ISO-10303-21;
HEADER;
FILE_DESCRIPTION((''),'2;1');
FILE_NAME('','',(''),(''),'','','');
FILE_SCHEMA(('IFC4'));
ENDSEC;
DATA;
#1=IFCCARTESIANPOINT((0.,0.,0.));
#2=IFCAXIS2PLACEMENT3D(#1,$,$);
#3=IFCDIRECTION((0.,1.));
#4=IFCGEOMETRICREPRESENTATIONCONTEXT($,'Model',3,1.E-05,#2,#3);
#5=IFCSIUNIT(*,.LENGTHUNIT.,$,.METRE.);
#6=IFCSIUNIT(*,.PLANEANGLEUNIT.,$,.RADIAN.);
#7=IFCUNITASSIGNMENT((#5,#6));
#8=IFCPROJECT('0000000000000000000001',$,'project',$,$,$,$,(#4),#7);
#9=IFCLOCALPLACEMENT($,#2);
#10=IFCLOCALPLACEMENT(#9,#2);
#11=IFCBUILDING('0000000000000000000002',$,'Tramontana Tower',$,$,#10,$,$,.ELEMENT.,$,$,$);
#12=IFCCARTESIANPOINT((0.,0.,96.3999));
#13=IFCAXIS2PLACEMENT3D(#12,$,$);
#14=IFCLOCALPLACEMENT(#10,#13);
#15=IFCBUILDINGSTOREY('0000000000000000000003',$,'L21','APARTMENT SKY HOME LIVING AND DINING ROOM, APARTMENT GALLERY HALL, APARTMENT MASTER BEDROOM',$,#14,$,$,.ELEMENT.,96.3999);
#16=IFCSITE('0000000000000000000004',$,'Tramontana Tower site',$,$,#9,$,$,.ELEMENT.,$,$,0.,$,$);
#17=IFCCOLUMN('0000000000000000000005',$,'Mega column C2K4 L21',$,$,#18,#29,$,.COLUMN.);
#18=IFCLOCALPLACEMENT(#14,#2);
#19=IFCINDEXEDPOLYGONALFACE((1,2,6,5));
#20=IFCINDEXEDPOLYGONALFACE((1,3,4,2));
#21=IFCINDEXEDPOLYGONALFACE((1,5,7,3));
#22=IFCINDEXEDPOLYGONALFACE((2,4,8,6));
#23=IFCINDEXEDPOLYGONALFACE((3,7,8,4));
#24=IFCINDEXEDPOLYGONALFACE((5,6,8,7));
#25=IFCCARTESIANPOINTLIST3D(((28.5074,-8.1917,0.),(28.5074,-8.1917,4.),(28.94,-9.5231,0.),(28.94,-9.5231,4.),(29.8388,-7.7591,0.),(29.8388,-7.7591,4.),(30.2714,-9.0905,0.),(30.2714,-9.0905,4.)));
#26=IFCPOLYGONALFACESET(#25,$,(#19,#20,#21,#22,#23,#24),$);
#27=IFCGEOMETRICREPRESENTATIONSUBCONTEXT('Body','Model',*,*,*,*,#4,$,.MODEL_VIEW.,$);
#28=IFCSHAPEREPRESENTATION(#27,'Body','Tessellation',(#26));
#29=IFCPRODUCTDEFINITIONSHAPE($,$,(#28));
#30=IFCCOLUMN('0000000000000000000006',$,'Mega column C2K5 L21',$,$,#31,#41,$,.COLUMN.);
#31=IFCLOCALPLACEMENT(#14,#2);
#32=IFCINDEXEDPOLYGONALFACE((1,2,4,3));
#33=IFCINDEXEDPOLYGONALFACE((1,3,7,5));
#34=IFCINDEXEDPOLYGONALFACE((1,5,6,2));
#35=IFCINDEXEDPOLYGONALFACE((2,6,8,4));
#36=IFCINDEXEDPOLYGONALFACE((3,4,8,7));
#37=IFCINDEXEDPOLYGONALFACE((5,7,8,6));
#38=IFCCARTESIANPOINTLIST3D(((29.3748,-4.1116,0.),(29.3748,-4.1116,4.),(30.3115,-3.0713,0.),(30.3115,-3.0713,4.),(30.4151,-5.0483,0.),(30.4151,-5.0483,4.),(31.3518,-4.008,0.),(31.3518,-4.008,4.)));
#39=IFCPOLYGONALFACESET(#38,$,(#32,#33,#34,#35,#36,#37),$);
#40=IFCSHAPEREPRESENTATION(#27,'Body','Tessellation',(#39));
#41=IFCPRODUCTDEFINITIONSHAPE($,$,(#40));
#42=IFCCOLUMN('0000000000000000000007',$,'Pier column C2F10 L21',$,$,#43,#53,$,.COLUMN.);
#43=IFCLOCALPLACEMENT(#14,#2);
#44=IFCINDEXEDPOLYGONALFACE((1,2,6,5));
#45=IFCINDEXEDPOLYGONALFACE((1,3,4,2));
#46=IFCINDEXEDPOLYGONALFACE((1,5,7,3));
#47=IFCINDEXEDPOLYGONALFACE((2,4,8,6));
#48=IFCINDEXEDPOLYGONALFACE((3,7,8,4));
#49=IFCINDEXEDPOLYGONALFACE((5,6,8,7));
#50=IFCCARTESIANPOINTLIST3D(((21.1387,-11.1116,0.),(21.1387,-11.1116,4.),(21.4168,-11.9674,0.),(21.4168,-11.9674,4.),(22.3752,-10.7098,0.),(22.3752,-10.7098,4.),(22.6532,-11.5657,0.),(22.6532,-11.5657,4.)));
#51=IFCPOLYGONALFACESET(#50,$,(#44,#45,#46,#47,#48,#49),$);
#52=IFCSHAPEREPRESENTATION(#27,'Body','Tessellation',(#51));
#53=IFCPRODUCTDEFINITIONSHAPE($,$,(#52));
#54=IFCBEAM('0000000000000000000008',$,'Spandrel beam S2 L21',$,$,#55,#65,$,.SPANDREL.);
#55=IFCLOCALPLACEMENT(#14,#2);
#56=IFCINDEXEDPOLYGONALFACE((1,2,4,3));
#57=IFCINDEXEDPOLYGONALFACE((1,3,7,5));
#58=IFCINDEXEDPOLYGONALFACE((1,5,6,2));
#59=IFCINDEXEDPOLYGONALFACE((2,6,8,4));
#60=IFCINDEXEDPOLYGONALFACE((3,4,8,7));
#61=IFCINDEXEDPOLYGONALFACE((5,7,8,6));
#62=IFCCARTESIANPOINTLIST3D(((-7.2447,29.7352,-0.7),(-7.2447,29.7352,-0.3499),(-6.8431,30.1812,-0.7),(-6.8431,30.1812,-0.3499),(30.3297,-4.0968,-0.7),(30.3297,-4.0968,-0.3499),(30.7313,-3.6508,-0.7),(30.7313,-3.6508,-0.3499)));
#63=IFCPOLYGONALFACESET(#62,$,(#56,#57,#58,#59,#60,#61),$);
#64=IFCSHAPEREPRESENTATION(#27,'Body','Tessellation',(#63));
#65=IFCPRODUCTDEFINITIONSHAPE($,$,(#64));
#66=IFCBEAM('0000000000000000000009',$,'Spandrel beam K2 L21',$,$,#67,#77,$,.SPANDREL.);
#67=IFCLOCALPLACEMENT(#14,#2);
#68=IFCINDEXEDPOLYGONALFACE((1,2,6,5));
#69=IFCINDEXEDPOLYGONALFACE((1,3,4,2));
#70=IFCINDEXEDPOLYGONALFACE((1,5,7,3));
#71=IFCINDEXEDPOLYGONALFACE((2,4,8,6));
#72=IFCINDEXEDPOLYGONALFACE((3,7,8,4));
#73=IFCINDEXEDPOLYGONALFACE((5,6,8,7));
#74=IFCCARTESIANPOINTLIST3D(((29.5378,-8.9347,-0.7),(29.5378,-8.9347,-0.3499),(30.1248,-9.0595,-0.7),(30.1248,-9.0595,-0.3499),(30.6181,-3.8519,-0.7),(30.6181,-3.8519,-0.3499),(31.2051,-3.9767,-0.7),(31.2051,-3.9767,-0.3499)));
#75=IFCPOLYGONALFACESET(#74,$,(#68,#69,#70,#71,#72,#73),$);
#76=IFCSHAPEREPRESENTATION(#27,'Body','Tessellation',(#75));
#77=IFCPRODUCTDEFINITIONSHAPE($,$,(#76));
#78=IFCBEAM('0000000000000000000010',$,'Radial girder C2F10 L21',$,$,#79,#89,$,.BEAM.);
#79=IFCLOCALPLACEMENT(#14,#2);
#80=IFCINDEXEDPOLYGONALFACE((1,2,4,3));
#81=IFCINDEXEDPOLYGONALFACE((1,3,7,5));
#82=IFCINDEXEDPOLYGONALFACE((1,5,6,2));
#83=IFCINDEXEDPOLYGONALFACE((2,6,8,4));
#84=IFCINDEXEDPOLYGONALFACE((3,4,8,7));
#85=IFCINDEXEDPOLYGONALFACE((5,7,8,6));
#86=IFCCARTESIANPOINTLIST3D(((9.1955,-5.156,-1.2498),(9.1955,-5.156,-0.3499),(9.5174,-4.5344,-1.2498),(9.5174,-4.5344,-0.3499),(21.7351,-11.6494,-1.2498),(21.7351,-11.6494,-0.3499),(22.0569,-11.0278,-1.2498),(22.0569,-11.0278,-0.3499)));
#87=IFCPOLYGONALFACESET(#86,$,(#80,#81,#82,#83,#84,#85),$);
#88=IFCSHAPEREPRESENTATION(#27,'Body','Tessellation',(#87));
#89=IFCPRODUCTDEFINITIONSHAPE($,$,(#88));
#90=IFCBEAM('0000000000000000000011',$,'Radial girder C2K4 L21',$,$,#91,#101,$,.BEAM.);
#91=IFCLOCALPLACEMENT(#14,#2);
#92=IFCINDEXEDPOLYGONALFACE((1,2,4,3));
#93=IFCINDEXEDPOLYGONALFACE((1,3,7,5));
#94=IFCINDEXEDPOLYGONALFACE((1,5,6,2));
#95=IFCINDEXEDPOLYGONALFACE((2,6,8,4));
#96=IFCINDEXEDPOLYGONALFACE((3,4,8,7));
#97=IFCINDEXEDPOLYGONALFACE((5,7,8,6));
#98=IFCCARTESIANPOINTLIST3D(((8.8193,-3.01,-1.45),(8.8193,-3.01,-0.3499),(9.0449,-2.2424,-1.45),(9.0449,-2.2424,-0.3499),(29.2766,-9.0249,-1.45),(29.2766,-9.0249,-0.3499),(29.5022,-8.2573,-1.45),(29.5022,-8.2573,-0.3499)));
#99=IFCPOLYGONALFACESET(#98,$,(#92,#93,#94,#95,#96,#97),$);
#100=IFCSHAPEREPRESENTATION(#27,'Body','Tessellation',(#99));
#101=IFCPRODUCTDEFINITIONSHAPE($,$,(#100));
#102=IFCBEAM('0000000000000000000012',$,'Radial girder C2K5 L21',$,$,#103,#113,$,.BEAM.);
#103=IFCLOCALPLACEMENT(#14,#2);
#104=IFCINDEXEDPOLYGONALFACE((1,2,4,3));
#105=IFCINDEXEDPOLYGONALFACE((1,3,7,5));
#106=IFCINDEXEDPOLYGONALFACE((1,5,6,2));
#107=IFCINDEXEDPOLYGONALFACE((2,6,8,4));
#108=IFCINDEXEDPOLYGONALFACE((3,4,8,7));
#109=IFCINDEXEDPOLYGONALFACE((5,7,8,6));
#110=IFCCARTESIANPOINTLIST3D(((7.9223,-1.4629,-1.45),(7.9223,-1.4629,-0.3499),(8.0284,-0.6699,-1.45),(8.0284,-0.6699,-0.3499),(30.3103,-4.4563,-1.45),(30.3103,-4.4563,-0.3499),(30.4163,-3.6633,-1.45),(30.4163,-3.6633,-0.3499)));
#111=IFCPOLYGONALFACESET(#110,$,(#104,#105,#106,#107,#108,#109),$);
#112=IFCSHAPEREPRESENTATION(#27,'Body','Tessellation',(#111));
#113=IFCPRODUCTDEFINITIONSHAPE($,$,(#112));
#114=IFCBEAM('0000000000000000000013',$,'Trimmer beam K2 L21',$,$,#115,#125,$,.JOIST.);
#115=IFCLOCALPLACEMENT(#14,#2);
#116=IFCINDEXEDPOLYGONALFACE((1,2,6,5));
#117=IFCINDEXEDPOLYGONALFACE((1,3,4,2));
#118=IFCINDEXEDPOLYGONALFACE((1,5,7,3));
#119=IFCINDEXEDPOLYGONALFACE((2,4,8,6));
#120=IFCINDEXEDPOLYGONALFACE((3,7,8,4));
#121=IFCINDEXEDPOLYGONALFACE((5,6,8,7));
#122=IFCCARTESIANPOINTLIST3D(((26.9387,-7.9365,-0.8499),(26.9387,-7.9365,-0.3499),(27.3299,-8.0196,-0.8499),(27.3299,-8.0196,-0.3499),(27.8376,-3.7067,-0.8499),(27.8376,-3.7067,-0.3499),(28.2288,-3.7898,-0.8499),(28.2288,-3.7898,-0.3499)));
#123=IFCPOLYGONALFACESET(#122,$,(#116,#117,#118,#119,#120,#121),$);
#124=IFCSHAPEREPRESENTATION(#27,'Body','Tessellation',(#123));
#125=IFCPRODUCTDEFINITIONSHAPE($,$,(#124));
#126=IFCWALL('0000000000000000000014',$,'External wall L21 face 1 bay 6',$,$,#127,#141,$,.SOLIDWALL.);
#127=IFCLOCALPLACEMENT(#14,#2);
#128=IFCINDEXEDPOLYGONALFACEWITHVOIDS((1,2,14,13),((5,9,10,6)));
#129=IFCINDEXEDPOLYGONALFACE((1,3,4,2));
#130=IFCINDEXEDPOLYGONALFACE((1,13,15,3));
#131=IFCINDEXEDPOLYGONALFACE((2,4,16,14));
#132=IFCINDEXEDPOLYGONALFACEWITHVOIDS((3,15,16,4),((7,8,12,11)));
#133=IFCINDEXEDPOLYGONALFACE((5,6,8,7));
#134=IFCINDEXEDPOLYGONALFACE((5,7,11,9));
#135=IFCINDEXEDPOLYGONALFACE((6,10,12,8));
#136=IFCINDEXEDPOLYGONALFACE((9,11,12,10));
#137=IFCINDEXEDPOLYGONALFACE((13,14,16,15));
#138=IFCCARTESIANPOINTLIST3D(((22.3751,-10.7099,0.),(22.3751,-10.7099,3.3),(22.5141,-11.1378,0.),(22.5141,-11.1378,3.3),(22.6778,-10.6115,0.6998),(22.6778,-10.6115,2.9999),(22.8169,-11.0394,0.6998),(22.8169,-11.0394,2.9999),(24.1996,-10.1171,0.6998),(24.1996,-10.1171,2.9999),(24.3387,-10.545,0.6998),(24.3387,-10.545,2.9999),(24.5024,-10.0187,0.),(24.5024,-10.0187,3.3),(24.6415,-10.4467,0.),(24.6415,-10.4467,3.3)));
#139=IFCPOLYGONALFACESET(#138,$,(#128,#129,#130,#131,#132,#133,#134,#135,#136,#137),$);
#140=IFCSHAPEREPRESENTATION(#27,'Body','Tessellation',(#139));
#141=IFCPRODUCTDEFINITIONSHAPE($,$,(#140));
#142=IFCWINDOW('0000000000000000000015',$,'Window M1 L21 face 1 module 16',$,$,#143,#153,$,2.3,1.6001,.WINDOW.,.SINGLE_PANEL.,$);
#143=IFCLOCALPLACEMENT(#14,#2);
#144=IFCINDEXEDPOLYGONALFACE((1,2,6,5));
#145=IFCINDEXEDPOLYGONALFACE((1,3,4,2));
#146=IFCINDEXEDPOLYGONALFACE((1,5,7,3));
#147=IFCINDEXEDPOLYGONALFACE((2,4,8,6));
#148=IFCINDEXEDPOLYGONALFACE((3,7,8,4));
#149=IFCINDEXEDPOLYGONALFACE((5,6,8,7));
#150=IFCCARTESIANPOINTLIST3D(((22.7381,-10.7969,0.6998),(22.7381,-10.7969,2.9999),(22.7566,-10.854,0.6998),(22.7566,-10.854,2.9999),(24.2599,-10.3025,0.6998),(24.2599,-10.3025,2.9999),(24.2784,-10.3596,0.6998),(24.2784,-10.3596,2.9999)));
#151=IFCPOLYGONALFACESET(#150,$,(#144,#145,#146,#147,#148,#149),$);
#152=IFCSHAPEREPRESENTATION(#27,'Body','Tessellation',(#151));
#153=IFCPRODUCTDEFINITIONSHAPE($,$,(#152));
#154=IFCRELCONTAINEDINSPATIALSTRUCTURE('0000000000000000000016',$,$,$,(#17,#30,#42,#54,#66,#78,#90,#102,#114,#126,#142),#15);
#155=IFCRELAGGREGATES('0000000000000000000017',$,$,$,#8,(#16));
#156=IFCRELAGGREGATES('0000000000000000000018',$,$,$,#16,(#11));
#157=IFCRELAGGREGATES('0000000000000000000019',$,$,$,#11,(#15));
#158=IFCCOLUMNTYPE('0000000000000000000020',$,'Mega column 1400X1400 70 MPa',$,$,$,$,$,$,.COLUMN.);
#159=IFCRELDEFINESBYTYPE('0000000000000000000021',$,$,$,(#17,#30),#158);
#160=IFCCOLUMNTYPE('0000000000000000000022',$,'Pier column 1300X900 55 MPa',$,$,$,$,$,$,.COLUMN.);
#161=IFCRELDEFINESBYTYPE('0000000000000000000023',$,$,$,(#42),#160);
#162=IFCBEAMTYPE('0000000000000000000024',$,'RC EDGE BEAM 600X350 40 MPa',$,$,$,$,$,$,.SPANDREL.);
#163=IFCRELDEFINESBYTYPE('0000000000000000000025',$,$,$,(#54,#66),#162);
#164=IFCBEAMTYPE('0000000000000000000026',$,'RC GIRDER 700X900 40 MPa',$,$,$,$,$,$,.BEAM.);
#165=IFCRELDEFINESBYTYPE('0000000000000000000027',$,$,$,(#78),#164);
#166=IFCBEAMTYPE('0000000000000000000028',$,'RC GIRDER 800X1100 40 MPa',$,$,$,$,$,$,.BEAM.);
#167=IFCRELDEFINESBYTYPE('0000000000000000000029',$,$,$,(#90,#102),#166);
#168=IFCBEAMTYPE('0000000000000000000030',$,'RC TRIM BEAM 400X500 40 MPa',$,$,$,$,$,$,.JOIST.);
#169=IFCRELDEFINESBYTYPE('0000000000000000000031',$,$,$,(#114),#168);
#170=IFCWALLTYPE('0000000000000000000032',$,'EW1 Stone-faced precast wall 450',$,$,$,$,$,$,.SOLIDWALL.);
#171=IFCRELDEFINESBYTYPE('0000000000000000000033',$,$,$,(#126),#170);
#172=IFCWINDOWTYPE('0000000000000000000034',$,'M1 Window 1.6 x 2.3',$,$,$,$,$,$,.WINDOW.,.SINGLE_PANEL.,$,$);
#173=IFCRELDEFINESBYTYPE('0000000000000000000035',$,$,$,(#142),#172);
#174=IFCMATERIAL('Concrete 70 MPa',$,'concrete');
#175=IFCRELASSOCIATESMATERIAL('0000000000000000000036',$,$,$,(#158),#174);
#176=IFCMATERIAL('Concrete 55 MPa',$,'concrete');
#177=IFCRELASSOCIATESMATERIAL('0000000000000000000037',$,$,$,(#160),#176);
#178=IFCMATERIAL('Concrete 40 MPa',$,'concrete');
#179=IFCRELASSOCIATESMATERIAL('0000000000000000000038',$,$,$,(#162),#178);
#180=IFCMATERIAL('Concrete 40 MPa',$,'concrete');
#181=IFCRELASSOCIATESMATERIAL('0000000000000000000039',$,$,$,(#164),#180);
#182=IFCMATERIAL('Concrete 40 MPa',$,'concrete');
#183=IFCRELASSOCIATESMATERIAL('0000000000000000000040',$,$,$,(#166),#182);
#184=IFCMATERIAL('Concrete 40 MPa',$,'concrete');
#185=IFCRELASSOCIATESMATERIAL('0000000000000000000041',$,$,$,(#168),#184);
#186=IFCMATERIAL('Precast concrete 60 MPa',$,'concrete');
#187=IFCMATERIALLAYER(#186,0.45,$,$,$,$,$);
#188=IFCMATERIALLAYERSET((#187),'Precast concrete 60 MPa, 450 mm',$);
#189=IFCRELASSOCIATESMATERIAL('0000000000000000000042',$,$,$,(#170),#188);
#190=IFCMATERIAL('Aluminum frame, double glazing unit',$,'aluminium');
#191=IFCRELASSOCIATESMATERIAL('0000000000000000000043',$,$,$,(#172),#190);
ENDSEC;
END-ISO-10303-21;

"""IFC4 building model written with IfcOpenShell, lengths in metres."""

from ifc_helpers import new_model, si_unit, direction, frame, frame_2d, origin, origin_2d, place, context, subcontext, project, spatial, rectangle, extrude, material, layer, layer_set, material_profile, profile_set, type_object, element, fill, save


model = new_model("IFC4")

# Units and contexts
model_context = context("Model", 3, precision=1e-05, world=origin(), true_north=direction((0.0, 1.0)))
body_context = subcontext(model_context, "Body", "Model", "MODEL_VIEW")
ifc_project = project(units=[si_unit("LENGTHUNIT", "METRE"), si_unit("PLANEANGLEUNIT", "RADIAN")], contexts=[model_context])

# Site, building, storey
site_placement = place(None, origin())
site = spatial("IfcSite", under=ifc_project, at=site_placement, Name="Tramontana Tower site", CompositionType="ELEMENT", RefElevation=0.0)
building_placement = place(site_placement, origin())
building = spatial("IfcBuilding", under=site, at=building_placement, Name="Tramontana Tower", CompositionType="ELEMENT")
storey_placement = place(building_placement, frame((0.0, 0.0, 96.3999)))
storey = spatial("IfcBuildingStorey", under=building, at=storey_placement, Name="L21", Description="APARTMENT SKY HOME LIVING AND DINING ROOM, APARTMENT GALLERY HALL, APARTMENT MASTER BEDROOM", CompositionType="ELEMENT", Elevation=96.3999)

# Columns
ifc_material_1 = material(Name="Concrete 70 MPa", Category="concrete")
ifc_material_profile_1 = material_profile(ifc_material_1, rectangle(XDim=1.3999, YDim=1.3999, at=origin_2d()), Name="Mega column 1400X1400 70 MPa")
ifc_profile_set_1 = profile_set([ifc_material_profile_1], Name="Concrete 70 MPa")
column_type_1 = type_object("IfcColumnType", Name="Mega column 1400X1400 70 MPa", PredefinedType="COLUMN", material=ifc_profile_set_1)
for number, where, z_axis, x_axis, name in (
    (1, (29.3894, -8.6411, 0.0), (0.0, 0.0, 1.0), (0.951057, 0.309017, 0.0), "Mega column C2K4 L21"),
    (2, (30.3633, -4.0598, 0.0), (0.0, 0.0, 1.0), (-0.743145, 0.669131, 0.0), "Mega column C2K5 L21"),
):
    element("IfcColumn", number, at=place(storey_placement, frame(where, z_axis=z_axis, x_axis=x_axis)), inside=storey, type_object=column_type_1, Name=name, PredefinedType="COLUMN", context=body_context, shape_type="SweptSolid", body=[
        extrude(rectangle(XDim=1.3999, YDim=1.3999, at=origin_2d()), origin(), (0.0, 0.0, 1.0), 4.0),
    ])
ifc_material_2 = material(Name="Concrete 55 MPa", Category="concrete")
ifc_material_profile_2 = material_profile(ifc_material_2, rectangle(XDim=1.3, YDim=0.8999, at=origin_2d()), Name="Pier column 1300X900 55 MPa")
ifc_profile_set_2 = profile_set([ifc_material_profile_2], Name="Concrete 55 MPa")
column_type_2 = type_object("IfcColumnType", Name="Pier column 1300X900 55 MPa", PredefinedType="COLUMN", material=ifc_profile_set_2)
column_placement = place(storey_placement, frame((21.896, -11.3386, 0.0), z_axis=(0.0, 0.0, 1.0), x_axis=(0.951057, 0.309017, 0.0)))
element("IfcColumn", 3, at=column_placement, inside=storey, type_object=column_type_2, Name="Pier column C2F10 L21", PredefinedType="COLUMN", context=body_context, shape_type="SweptSolid", body=[
    extrude(rectangle(XDim=1.3, YDim=0.8999, at=origin_2d()), origin(), (0.0, 0.0, 1.0), 4.0),
])

# Beams
ifc_material_3 = material(Name="Concrete 40 MPa", Category="concrete")
ifc_material_profile_3 = material_profile(ifc_material_3, rectangle(XDim=0.6001, YDim=0.3501, at=origin_2d()), Name="RC EDGE BEAM 600X350 40 MPa")
ifc_profile_set_3 = profile_set([ifc_material_profile_3], Name="Concrete 40 MPa")
beam_type_1 = type_object("IfcBeamType", Name="RC EDGE BEAM 600X350 40 MPa", PredefinedType="SPANDREL", material=ifc_profile_set_3)
beam_1_placement = place(storey_placement, frame((30.5305, -3.8738, -0.5249), z_axis=(-0.743146, 0.669129, 0.0), x_axis=(-0.669129, -0.743146, 0.0)))
element("IfcBeam", 4, at=beam_1_placement, inside=storey, type_object=beam_type_1, Name="Spandrel beam S2 L21", PredefinedType="SPANDREL", context=body_context, shape_type="SweptSolid", body=[
    extrude(rectangle(XDim=0.6001, YDim=0.3501, at=origin_2d()), origin(), (0.0, 0.0, 1.0), 50.5613),
])
beam_2_placement = place(storey_placement, frame((29.8313, -8.9971, -0.5249), z_axis=(0.207902, 0.97815, 0.0), x_axis=(-0.97815, 0.207902, 0.0)))
element("IfcBeam", 5, at=beam_2_placement, inside=storey, type_object=beam_type_1, Name="Spandrel beam K2 L21", PredefinedType="SPANDREL", context=body_context, shape_type="SweptSolid", body=[
    extrude(rectangle(XDim=0.6001, YDim=0.3501, at=origin_2d()), origin(), (0.0, 0.0, 1.0), 5.1963),
])
ifc_material_4 = material(Name="Concrete 40 MPa", Category="concrete")
ifc_material_profile_4 = material_profile(ifc_material_4, rectangle(XDim=0.7, YDim=0.8999, at=origin_2d()), Name="RC GIRDER 700X900 40 MPa")
ifc_profile_set_4 = profile_set([ifc_material_profile_4], Name="Concrete 40 MPa")
beam_type_2 = type_object("IfcBeamType", Name="RC GIRDER 700X900 40 MPa", PredefinedType="BEAM", material=ifc_profile_set_4)
beam_3_placement = place(storey_placement, frame((21.896, -11.3386, -0.7998), z_axis=(-0.888003, 0.459838, 0.0), x_axis=(-0.459838, -0.888003, 0.0)))
element("IfcBeam", 6, at=beam_3_placement, inside=storey, type_object=beam_type_2, Name="Radial girder C2F10 L21", PredefinedType="BEAM", context=body_context, shape_type="SweptSolid", body=[
    extrude(rectangle(XDim=0.7, YDim=0.8999, at=origin_2d()), origin(), (0.0, 0.0, 1.0), 14.1211),
])
ifc_material_5 = material(Name="Concrete 40 MPa", Category="concrete")
ifc_material_profile_5 = material_profile(ifc_material_5, rectangle(XDim=0.8, YDim=1.1001, at=origin_2d()), Name="RC GIRDER 800X1100 40 MPa")
ifc_profile_set_5 = profile_set([ifc_material_profile_5], Name="Concrete 40 MPa")
beam_type_3 = type_object("IfcBeamType", Name="RC GIRDER 800X1100 40 MPa", PredefinedType="BEAM", material=ifc_profile_set_5)
beam_4_placement = place(storey_placement, frame((29.3894, -8.6411, -0.8999), z_axis=(-0.95939, 0.282082, 0.0), x_axis=(-0.282082, -0.95939, 0.0)))
element("IfcBeam", 7, at=beam_4_placement, inside=storey, type_object=beam_type_3, Name="Radial girder C2K4 L21", PredefinedType="BEAM", context=body_context, shape_type="SweptSolid", body=[
    extrude(rectangle(XDim=0.8, YDim=1.1001, at=origin_2d()), origin(), (0.0, 0.0, 1.0), 21.3232),
])
beam_5_placement = place(storey_placement, frame((30.3633, -4.0598, -0.8999), z_axis=(-0.991179, 0.132527, 0.0), x_axis=(-0.132527, -0.991179, 0.0)))
element("IfcBeam", 8, at=beam_5_placement, inside=storey, type_object=beam_type_3, Name="Radial girder C2K5 L21", PredefinedType="BEAM", context=body_context, shape_type="SweptSolid", body=[
    extrude(rectangle(XDim=0.8, YDim=1.1001, at=origin_2d()), origin(), (0.0, 0.0, 1.0), 22.5872),
])
ifc_material_6 = material(Name="Concrete 40 MPa", Category="concrete")
ifc_material_profile_6 = material_profile(ifc_material_6, rectangle(XDim=0.3999, YDim=0.5, at=origin_2d()), Name="RC TRIM BEAM 400X500 40 MPa")
ifc_profile_set_6 = profile_set([ifc_material_profile_6], Name="Concrete 40 MPa")
beam_type_4 = type_object("IfcBeamType", Name="RC TRIM BEAM 400X500 40 MPa", PredefinedType="JOIST", material=ifc_profile_set_6)
beam_6_placement = place(storey_placement, frame((27.1343, -7.978, -0.5999), z_axis=(0.207882, 0.978154, 0.0), x_axis=(-0.978154, 0.207882, 0.0)))
element("IfcBeam", 9, at=beam_6_placement, inside=storey, type_object=beam_type_4, Name="Trimmer beam K2 L21", PredefinedType="JOIST", context=body_context, shape_type="SweptSolid", body=[
    extrude(rectangle(XDim=0.3999, YDim=0.5, at=origin_2d()), origin(), (0.0, 0.0, 1.0), 4.3242),
])

# Wall, opening, window
ifc_material_7 = material(Name="Precast concrete 60 MPa", Category="concrete")
ifc_layer_1 = layer(ifc_material_7, 0.45)
ifc_layer_set_1 = layer_set([ifc_layer_1], Name="Precast concrete 60 MPa, 450 mm")
wall_type_1 = type_object("IfcWallType", Name="EW1 Stone-faced precast wall 450", PredefinedType="SOLIDWALL", material=ifc_layer_set_1)
wall_1_placement = place(storey_placement, frame((22.4446, -10.9238, 0.0), z_axis=(0.0, 0.0, 1.0), x_axis=(0.951068, 0.308982, 0.0)))
wall_1 = element("IfcWall", 10, at=wall_1_placement, inside=storey, type_object=wall_type_1, Name="External wall L21 face 1 bay 6", PredefinedType="SOLIDWALL", context=body_context, shape_type="SweptSolid", body=[
    extrude(rectangle(XDim=2.2368, YDim=0.45, at=frame_2d((1.1184, 0.0))), origin(), (0.0, 0.0, 1.0), 3.3),
])
opening_1_placement = place(wall_1_placement, frame((0.3184, 0.0, 0.7)))
opening_1 = element("IfcOpeningElement", 11, at=opening_1_placement, cuts=wall_1, PredefinedType="OPENING", context=body_context, shape_type="SweptSolid", body=[
    extrude(rectangle(XDim=1.6001, YDim=2.3, at=frame_2d((0.8, 1.1499))), frame((0.0, 0.2349, 0.0), z_axis=(0.0, -1.0, 0.0), x_axis=(1.0, 0.0, 0.0)), (0.0, 0.0, 1.0), 0.47),
])
ifc_material_8 = material(Name="Aluminum frame, double glazing unit", Category="aluminium")
window_type_1 = type_object("IfcWindowType", Name="M1 Window 1.6 x 2.3", PartitioningType="SINGLE_PANEL", PredefinedType="WINDOW", material=ifc_material_8)
window_1_placement = place(opening_1_placement, origin())
window_1 = element("IfcWindow", 12, at=window_1_placement, inside=storey, type_object=window_type_1, Name="Window M1 L21 face 1 module 16", OverallHeight=2.3, OverallWidth=1.6001, PartitioningType="SINGLE_PANEL", PredefinedType="WINDOW", context=body_context, shape_type="SweptSolid", body=[
    extrude(rectangle(XDim=1.6001, YDim=2.3, at=frame_2d((0.8, 1.1499))), frame((0.0, 0.03, 0.0), z_axis=(0.0, -1.0, 0.0), x_axis=(1.0, 0.0, 0.0)), (0.0, 0.0, 1.0), 0.0601),
])
fill(opening_1, window_1)

save(model, "model.ifc")
